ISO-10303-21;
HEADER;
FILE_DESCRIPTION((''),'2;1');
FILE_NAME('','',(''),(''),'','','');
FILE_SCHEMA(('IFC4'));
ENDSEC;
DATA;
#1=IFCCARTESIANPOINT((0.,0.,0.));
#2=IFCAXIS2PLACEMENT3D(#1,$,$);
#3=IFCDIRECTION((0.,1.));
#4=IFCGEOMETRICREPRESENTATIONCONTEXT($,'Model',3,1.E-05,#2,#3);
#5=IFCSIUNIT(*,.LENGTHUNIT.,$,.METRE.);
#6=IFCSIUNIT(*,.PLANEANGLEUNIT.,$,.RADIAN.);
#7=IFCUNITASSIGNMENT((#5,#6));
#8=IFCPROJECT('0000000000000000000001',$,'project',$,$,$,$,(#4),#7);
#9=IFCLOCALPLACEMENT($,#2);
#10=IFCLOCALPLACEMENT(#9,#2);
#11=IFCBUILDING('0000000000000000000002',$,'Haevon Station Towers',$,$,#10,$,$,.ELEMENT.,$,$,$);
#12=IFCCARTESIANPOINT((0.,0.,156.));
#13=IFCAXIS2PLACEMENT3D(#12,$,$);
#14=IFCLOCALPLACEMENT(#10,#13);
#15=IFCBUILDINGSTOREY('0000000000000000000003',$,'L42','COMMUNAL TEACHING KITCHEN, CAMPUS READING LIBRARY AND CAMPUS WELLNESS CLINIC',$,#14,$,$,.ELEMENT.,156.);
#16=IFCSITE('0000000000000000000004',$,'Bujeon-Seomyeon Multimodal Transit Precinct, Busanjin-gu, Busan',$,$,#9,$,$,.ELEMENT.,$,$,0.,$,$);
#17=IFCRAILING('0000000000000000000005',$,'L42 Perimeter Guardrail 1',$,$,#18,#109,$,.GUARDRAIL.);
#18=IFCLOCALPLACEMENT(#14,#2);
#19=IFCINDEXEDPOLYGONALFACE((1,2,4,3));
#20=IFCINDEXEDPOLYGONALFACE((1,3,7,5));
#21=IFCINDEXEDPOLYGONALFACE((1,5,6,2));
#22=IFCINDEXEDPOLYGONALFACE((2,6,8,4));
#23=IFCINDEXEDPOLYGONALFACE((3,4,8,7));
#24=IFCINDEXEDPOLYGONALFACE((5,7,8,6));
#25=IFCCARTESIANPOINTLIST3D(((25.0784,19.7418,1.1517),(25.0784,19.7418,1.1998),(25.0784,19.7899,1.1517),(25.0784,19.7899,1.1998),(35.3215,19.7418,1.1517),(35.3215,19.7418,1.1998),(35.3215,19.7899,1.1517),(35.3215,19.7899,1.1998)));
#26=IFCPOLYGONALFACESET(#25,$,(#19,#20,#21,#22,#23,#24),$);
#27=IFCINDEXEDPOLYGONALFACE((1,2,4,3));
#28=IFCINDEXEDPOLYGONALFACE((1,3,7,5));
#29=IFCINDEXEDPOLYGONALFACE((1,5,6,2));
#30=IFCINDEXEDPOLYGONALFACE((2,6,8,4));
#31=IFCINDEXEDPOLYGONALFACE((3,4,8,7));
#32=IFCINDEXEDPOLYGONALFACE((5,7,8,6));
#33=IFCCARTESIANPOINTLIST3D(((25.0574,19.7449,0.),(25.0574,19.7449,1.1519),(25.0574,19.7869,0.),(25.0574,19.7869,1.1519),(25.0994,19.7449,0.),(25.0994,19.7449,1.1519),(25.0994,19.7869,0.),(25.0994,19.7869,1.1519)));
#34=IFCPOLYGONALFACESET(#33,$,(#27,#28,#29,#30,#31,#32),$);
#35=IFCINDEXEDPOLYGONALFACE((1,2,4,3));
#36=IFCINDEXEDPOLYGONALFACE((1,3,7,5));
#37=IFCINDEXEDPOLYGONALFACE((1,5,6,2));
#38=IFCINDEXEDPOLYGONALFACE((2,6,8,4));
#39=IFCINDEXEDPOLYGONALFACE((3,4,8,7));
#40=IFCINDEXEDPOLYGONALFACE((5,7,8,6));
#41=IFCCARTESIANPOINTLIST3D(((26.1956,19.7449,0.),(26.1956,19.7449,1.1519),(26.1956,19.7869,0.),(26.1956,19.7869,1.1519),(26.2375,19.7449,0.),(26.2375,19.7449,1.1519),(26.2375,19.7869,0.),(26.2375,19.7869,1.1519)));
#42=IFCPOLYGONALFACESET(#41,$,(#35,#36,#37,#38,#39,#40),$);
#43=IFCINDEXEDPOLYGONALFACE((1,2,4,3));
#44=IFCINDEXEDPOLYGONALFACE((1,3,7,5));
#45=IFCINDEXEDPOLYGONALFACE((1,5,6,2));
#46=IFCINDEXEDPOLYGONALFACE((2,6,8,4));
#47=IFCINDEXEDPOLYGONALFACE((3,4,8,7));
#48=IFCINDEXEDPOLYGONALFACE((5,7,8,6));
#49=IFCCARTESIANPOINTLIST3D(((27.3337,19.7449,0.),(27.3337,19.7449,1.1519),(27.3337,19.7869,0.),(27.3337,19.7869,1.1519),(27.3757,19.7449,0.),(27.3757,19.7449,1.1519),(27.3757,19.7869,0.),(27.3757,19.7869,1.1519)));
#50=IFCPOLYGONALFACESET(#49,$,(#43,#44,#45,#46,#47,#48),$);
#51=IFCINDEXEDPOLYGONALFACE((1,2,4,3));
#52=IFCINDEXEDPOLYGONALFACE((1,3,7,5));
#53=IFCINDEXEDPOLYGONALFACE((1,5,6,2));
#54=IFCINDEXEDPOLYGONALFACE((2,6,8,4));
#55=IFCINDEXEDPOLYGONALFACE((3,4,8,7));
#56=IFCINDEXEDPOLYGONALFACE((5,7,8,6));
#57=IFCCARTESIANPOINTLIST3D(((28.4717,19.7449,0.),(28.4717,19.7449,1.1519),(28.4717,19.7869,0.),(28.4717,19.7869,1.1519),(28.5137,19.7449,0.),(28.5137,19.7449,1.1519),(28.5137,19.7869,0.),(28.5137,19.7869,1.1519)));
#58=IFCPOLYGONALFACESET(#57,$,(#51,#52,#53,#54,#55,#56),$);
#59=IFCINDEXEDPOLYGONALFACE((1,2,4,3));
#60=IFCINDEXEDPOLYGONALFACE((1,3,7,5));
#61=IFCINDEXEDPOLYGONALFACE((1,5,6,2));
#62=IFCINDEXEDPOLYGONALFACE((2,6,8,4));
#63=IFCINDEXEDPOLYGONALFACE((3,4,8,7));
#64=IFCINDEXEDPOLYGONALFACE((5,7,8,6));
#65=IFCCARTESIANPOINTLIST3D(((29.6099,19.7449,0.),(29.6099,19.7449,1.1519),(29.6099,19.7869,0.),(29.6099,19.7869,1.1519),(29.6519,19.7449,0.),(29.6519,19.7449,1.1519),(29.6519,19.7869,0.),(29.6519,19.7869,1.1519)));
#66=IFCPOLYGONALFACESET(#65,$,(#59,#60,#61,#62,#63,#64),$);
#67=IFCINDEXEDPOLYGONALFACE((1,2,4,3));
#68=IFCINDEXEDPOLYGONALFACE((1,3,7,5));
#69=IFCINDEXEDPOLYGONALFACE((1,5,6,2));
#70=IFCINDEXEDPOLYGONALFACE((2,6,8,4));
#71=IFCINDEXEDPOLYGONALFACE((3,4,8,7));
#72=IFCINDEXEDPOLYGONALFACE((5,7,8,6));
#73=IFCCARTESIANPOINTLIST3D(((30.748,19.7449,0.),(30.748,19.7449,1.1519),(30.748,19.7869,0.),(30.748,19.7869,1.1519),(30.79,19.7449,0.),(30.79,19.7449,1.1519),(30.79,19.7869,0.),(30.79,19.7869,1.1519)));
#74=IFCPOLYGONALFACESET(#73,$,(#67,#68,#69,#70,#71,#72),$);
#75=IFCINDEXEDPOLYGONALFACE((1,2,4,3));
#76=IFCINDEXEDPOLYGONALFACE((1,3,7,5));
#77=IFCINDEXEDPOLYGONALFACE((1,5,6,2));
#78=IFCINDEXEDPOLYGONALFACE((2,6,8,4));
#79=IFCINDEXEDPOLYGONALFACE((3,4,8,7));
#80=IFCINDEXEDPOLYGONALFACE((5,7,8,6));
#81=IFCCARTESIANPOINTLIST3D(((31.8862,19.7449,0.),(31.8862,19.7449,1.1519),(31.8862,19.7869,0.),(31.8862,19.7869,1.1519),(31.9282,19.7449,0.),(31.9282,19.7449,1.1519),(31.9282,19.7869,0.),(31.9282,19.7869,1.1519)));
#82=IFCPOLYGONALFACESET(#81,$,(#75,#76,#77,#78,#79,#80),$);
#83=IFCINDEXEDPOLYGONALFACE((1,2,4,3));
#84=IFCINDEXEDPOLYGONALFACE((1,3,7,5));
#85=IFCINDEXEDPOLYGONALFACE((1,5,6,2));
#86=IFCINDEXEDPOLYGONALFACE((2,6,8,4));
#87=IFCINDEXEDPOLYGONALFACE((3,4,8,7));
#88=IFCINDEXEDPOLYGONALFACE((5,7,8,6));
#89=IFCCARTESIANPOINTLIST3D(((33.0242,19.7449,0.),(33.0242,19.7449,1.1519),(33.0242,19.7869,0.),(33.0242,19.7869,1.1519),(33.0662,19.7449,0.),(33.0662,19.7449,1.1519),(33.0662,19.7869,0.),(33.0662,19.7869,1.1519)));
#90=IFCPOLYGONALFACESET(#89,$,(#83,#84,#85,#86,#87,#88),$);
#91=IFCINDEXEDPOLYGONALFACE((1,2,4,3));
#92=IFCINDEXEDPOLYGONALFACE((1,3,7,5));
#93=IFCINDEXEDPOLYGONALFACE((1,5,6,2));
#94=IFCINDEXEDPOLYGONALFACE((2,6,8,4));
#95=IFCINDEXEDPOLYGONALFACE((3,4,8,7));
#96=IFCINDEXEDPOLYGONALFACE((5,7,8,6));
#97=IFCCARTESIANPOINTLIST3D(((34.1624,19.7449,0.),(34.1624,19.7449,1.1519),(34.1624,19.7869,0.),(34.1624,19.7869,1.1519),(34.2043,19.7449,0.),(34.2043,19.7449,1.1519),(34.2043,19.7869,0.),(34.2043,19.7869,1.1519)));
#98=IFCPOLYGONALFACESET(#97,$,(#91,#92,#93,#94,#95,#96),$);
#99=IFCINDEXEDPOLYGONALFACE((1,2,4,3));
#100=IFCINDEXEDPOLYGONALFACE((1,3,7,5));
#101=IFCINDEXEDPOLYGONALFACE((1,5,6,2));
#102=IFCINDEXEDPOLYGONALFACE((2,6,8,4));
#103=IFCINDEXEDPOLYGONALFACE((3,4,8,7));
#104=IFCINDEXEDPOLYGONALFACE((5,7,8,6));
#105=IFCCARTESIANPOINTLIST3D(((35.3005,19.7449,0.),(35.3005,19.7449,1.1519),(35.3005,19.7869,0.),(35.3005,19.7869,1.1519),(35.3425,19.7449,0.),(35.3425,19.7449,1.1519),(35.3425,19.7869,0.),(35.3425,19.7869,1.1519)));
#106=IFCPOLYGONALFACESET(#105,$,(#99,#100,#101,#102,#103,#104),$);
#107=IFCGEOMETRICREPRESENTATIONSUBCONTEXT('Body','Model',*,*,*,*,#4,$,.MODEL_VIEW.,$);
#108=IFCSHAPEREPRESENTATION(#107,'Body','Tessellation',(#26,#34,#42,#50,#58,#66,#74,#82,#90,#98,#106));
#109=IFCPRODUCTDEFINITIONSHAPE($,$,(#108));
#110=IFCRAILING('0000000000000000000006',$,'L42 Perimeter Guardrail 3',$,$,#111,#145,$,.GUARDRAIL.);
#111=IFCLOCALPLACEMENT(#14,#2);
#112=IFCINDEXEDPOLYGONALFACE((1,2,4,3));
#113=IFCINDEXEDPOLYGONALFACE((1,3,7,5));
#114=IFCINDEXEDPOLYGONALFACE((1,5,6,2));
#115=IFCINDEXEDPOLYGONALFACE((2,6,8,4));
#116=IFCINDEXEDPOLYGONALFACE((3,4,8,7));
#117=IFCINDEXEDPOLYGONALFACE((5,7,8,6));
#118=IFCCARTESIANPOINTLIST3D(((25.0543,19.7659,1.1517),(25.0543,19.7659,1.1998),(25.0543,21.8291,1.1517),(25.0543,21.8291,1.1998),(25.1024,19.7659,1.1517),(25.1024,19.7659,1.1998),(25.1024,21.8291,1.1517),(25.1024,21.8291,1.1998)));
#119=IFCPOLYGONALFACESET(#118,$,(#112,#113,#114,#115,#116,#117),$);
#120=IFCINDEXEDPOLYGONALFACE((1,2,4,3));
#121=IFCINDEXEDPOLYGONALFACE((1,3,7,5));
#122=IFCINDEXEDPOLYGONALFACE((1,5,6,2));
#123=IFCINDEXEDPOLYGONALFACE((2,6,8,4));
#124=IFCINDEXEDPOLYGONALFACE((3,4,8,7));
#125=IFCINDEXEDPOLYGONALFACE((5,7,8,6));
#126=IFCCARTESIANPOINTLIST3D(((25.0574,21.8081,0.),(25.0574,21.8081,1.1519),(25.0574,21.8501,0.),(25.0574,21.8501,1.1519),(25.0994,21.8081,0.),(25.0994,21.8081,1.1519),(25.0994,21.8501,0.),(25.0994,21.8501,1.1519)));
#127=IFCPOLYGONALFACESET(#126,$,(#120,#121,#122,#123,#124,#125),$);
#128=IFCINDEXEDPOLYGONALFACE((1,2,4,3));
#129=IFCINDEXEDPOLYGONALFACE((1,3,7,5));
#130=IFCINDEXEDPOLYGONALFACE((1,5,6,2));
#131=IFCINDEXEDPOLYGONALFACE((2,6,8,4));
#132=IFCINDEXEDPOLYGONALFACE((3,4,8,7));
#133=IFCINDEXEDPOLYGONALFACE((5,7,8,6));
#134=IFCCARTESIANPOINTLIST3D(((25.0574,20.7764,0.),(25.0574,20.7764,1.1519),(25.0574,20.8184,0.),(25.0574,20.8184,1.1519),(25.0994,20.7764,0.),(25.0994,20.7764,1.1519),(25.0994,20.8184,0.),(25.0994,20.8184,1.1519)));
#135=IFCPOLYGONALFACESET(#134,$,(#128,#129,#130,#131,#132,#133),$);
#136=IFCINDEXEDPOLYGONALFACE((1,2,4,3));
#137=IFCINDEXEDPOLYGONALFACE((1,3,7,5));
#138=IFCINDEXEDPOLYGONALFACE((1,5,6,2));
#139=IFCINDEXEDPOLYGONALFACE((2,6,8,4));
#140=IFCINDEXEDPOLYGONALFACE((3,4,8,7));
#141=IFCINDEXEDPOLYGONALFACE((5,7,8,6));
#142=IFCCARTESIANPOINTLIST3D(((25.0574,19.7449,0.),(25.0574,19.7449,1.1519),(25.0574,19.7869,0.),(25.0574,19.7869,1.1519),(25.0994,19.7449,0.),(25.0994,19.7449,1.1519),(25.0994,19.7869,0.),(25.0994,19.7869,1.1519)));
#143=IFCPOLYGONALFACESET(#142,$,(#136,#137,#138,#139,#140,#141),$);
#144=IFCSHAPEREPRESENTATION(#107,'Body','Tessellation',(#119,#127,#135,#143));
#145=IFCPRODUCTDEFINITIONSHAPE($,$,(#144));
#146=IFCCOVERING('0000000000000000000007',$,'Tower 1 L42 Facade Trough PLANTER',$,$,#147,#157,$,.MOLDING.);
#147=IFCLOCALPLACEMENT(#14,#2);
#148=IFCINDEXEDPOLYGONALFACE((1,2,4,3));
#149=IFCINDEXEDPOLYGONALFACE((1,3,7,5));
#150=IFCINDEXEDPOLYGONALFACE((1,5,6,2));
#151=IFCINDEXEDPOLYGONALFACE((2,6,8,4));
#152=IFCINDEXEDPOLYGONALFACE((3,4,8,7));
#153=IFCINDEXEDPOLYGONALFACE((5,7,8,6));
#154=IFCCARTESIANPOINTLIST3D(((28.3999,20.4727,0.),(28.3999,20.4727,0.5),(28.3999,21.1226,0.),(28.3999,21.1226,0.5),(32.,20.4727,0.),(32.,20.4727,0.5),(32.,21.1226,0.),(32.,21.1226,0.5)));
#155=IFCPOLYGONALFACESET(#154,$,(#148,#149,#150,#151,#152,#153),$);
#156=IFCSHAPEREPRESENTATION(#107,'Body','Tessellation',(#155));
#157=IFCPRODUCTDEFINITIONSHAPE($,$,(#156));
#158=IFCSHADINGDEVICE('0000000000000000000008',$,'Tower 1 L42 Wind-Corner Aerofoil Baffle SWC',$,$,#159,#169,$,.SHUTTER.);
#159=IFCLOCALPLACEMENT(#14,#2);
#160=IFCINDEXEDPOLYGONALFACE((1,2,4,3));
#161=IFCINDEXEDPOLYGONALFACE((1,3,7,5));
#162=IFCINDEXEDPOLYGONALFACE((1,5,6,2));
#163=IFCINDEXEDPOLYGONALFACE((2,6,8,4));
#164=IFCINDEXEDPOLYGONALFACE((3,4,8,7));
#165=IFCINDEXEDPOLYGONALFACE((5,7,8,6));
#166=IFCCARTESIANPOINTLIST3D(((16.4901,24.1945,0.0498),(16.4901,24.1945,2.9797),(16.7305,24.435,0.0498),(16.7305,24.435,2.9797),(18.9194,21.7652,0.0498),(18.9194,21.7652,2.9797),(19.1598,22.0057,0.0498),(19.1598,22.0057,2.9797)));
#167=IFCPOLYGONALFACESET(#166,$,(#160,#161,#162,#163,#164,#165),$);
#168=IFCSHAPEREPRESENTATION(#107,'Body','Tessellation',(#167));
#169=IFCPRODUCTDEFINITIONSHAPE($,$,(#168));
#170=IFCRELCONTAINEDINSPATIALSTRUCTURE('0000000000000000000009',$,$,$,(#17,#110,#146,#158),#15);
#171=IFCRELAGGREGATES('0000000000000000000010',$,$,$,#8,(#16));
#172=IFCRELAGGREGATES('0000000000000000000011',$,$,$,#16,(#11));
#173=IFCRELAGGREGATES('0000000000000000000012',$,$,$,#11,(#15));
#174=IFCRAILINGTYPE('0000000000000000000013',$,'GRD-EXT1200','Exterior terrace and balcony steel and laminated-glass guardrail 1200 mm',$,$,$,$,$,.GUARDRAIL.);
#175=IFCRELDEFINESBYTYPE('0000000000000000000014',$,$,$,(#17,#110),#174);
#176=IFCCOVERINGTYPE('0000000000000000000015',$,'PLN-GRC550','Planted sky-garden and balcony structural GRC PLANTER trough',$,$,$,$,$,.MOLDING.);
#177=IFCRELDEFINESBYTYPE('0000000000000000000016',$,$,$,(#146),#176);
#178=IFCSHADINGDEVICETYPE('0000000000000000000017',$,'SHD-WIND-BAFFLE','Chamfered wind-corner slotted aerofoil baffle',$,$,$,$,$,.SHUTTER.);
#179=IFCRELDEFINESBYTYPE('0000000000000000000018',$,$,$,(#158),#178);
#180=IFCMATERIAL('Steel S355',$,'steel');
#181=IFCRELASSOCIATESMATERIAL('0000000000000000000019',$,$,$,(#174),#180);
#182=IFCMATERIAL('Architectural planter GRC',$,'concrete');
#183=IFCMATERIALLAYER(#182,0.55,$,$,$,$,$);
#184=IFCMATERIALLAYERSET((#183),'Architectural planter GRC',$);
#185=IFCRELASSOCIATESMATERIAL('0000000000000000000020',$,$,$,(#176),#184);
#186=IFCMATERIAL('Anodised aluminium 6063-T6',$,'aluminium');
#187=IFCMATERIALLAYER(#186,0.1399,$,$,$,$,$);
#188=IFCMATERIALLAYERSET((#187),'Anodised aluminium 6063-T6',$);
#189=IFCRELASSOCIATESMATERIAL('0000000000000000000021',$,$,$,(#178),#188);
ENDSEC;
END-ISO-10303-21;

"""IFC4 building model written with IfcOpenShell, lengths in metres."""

from ifc_helpers import new_model, si_unit, direction, frame, origin, origin_2d, place, context, subcontext, project, spatial, rectangle, extrude, material, layer, layer_set, type_object, element, save


model = new_model("IFC4")

# Units and contexts
model_context = context("Model", 3, precision=1e-05, world=origin(), true_north=direction((0.0, 1.0)))
body_context = subcontext(model_context, "Body", "Model", "MODEL_VIEW")
ifc_project = project(units=[si_unit("LENGTHUNIT", "METRE"), si_unit("PLANEANGLEUNIT", "RADIAN")], contexts=[model_context])

# Site, building, storey
site_placement = place(None, origin())
site = spatial("IfcSite", under=ifc_project, at=site_placement, Name="Bujeon-Seomyeon Multimodal Transit Precinct, Busanjin-gu, Busan", CompositionType="ELEMENT", RefElevation=0.0)
building_placement = place(site_placement, origin())
building = spatial("IfcBuilding", under=site, at=building_placement, Name="Haevon Station Towers", CompositionType="ELEMENT")
storey_placement = place(building_placement, frame((0.0, 0.0, 156.0)))
storey = spatial("IfcBuildingStorey", under=building, at=storey_placement, Name="L42", Description="COMMUNAL TEACHING KITCHEN, CAMPUS READING LIBRARY AND CAMPUS WELLNESS CLINIC", CompositionType="ELEMENT", Elevation=156.0)

# Shared definitions
ifc_material_1 = material(Name="Steel S355", Category="steel")

# Railings
railing_type = type_object("IfcRailingType", Name="GRD-EXT1200", Description="Exterior terrace and balcony steel and laminated-glass guardrail 1200 mm", PredefinedType="GUARDRAIL", material=ifc_material_1)
railing_1_placement = place(storey_placement, frame((25.0784, 19.7659, 0.0)))
element("IfcRailing", 1, at=railing_1_placement, inside=storey, type_object=railing_type, Name="L42 Perimeter Guardrail 1", PredefinedType="GUARDRAIL", context=body_context, shape_type="SweptSolid", body=[
    extrude(rectangle(XDim=0.0481, YDim=0.0481, at=origin_2d()), frame((0.0, 0.0, 1.1758), z_axis=(1.0, 0.0, 0.0), x_axis=(0.0, 1.0, 0.0)), (0.0, 0.0, 1.0), 10.2432),
    extrude(rectangle(XDim=0.042, YDim=0.042, at=origin_2d()), origin(), (0.0, 0.0, 1.0), 1.1519),
    extrude(rectangle(XDim=0.042, YDim=0.042, at=origin_2d()), frame((1.1382, 0.0, 0.0)), (0.0, 0.0, 1.0), 1.1519),
    extrude(rectangle(XDim=0.042, YDim=0.042, at=origin_2d()), frame((2.2764, 0.0, 0.0)), (0.0, 0.0, 1.0), 1.1519),
    extrude(rectangle(XDim=0.042, YDim=0.042, at=origin_2d()), frame((3.4143, 0.0, 0.0)), (0.0, 0.0, 1.0), 1.1519),
    extrude(rectangle(XDim=0.042, YDim=0.042, at=origin_2d()), frame((4.5525, 0.0, 0.0)), (0.0, 0.0, 1.0), 1.1519),
    extrude(rectangle(XDim=0.042, YDim=0.042, at=origin_2d()), frame((5.6907, 0.0, 0.0)), (0.0, 0.0, 1.0), 1.1519),
    extrude(rectangle(XDim=0.042, YDim=0.042, at=origin_2d()), frame((6.8289, 0.0, 0.0)), (0.0, 0.0, 1.0), 1.1519),
    extrude(rectangle(XDim=0.042, YDim=0.042, at=origin_2d()), frame((7.9668, 0.0, 0.0)), (0.0, 0.0, 1.0), 1.1519),
    extrude(rectangle(XDim=0.042, YDim=0.042, at=origin_2d()), frame((9.105, 0.0, 0.0)), (0.0, 0.0, 1.0), 1.1519),
    extrude(rectangle(XDim=0.042, YDim=0.042, at=origin_2d()), frame((10.2432, 0.0, 0.0)), (0.0, 0.0, 1.0), 1.1519),
])
railing_2_placement = place(storey_placement, frame((25.0784, 21.8291, 0.0)))
element("IfcRailing", 2, at=railing_2_placement, inside=storey, type_object=railing_type, Name="L42 Perimeter Guardrail 3", PredefinedType="GUARDRAIL", context=body_context, shape_type="SweptSolid", body=[
    extrude(rectangle(XDim=0.0481, YDim=0.0481, at=origin_2d()), frame((0.0, 0.0, 1.1758), z_axis=(0.0, -1.0, 0.0), x_axis=(1.0, 0.0, 0.0)), (0.0, 0.0, 1.0), 2.0632),
    extrude(rectangle(XDim=0.042, YDim=0.042, at=origin_2d()), origin(), (0.0, 0.0, 1.0), 1.1519),
    extrude(rectangle(XDim=0.042, YDim=0.042, at=origin_2d()), frame((0.0, -1.0317, 0.0)), (0.0, 0.0, 1.0), 1.1519),
    extrude(rectangle(XDim=0.042, YDim=0.042, at=origin_2d()), frame((0.0, -2.0632, 0.0)), (0.0, 0.0, 1.0), 1.1519),
])

# Covering
ifc_material_2 = material(Name="Architectural planter GRC", Category="concrete")
ifc_layer_1 = layer(ifc_material_2, 0.55)
ifc_layer_set_1 = layer_set([ifc_layer_1], Name="Architectural planter GRC")
covering_type_1 = type_object("IfcCoveringType", Name="PLN-GRC550", Description="Planted sky-garden and balcony structural GRC PLANTER trough", PredefinedType="MOLDING", material=ifc_layer_set_1)
covering_1_placement = place(storey_placement, frame((30.2, 20.7976, 0.0), z_axis=(0.0, 0.0, 1.0), x_axis=(1.0, 0.0, 0.0)))
element("IfcCovering", 3, at=covering_1_placement, inside=storey, type_object=covering_type_1, Name="Tower 1 L42 Facade Trough PLANTER", PredefinedType="MOLDING", context=body_context, shape_type="SweptSolid", body=[
    extrude(rectangle(XDim=3.6001, YDim=0.6499, at=origin_2d()), origin(), (0.0, 0.0, 1.0), 0.5),
])

# Shading device
ifc_material_3 = material(Name="Anodised aluminium 6063-T6", Category="aluminium")
ifc_layer_2 = layer(ifc_material_3, 0.1399)
ifc_layer_set_2 = layer_set([ifc_layer_2], Name="Anodised aluminium 6063-T6")
shading_device_type = type_object("IfcShadingDeviceType", Name="SHD-WIND-BAFFLE", Description="Chamfered wind-corner slotted aerofoil baffle", PredefinedType="SHUTTER", material=ifc_layer_set_2)
shading_device_placement = place(storey_placement, frame((17.825, 23.1001, 0.0498), z_axis=(0.0, 0.0, 1.0), x_axis=(-0.707107, 0.707107, 0.0)))
element("IfcShadingDevice", 4, at=shading_device_placement, inside=storey, type_object=shading_device_type, Name="Tower 1 L42 Wind-Corner Aerofoil Baffle SWC", PredefinedType="SHUTTER", context=body_context, shape_type="SweptSolid", body=[
    extrude(rectangle(XDim=3.4355, YDim=0.3401, at=origin_2d()), origin(), (0.0, 0.0, 1.0), 2.9299),
])

save(model, "model.ifc")
